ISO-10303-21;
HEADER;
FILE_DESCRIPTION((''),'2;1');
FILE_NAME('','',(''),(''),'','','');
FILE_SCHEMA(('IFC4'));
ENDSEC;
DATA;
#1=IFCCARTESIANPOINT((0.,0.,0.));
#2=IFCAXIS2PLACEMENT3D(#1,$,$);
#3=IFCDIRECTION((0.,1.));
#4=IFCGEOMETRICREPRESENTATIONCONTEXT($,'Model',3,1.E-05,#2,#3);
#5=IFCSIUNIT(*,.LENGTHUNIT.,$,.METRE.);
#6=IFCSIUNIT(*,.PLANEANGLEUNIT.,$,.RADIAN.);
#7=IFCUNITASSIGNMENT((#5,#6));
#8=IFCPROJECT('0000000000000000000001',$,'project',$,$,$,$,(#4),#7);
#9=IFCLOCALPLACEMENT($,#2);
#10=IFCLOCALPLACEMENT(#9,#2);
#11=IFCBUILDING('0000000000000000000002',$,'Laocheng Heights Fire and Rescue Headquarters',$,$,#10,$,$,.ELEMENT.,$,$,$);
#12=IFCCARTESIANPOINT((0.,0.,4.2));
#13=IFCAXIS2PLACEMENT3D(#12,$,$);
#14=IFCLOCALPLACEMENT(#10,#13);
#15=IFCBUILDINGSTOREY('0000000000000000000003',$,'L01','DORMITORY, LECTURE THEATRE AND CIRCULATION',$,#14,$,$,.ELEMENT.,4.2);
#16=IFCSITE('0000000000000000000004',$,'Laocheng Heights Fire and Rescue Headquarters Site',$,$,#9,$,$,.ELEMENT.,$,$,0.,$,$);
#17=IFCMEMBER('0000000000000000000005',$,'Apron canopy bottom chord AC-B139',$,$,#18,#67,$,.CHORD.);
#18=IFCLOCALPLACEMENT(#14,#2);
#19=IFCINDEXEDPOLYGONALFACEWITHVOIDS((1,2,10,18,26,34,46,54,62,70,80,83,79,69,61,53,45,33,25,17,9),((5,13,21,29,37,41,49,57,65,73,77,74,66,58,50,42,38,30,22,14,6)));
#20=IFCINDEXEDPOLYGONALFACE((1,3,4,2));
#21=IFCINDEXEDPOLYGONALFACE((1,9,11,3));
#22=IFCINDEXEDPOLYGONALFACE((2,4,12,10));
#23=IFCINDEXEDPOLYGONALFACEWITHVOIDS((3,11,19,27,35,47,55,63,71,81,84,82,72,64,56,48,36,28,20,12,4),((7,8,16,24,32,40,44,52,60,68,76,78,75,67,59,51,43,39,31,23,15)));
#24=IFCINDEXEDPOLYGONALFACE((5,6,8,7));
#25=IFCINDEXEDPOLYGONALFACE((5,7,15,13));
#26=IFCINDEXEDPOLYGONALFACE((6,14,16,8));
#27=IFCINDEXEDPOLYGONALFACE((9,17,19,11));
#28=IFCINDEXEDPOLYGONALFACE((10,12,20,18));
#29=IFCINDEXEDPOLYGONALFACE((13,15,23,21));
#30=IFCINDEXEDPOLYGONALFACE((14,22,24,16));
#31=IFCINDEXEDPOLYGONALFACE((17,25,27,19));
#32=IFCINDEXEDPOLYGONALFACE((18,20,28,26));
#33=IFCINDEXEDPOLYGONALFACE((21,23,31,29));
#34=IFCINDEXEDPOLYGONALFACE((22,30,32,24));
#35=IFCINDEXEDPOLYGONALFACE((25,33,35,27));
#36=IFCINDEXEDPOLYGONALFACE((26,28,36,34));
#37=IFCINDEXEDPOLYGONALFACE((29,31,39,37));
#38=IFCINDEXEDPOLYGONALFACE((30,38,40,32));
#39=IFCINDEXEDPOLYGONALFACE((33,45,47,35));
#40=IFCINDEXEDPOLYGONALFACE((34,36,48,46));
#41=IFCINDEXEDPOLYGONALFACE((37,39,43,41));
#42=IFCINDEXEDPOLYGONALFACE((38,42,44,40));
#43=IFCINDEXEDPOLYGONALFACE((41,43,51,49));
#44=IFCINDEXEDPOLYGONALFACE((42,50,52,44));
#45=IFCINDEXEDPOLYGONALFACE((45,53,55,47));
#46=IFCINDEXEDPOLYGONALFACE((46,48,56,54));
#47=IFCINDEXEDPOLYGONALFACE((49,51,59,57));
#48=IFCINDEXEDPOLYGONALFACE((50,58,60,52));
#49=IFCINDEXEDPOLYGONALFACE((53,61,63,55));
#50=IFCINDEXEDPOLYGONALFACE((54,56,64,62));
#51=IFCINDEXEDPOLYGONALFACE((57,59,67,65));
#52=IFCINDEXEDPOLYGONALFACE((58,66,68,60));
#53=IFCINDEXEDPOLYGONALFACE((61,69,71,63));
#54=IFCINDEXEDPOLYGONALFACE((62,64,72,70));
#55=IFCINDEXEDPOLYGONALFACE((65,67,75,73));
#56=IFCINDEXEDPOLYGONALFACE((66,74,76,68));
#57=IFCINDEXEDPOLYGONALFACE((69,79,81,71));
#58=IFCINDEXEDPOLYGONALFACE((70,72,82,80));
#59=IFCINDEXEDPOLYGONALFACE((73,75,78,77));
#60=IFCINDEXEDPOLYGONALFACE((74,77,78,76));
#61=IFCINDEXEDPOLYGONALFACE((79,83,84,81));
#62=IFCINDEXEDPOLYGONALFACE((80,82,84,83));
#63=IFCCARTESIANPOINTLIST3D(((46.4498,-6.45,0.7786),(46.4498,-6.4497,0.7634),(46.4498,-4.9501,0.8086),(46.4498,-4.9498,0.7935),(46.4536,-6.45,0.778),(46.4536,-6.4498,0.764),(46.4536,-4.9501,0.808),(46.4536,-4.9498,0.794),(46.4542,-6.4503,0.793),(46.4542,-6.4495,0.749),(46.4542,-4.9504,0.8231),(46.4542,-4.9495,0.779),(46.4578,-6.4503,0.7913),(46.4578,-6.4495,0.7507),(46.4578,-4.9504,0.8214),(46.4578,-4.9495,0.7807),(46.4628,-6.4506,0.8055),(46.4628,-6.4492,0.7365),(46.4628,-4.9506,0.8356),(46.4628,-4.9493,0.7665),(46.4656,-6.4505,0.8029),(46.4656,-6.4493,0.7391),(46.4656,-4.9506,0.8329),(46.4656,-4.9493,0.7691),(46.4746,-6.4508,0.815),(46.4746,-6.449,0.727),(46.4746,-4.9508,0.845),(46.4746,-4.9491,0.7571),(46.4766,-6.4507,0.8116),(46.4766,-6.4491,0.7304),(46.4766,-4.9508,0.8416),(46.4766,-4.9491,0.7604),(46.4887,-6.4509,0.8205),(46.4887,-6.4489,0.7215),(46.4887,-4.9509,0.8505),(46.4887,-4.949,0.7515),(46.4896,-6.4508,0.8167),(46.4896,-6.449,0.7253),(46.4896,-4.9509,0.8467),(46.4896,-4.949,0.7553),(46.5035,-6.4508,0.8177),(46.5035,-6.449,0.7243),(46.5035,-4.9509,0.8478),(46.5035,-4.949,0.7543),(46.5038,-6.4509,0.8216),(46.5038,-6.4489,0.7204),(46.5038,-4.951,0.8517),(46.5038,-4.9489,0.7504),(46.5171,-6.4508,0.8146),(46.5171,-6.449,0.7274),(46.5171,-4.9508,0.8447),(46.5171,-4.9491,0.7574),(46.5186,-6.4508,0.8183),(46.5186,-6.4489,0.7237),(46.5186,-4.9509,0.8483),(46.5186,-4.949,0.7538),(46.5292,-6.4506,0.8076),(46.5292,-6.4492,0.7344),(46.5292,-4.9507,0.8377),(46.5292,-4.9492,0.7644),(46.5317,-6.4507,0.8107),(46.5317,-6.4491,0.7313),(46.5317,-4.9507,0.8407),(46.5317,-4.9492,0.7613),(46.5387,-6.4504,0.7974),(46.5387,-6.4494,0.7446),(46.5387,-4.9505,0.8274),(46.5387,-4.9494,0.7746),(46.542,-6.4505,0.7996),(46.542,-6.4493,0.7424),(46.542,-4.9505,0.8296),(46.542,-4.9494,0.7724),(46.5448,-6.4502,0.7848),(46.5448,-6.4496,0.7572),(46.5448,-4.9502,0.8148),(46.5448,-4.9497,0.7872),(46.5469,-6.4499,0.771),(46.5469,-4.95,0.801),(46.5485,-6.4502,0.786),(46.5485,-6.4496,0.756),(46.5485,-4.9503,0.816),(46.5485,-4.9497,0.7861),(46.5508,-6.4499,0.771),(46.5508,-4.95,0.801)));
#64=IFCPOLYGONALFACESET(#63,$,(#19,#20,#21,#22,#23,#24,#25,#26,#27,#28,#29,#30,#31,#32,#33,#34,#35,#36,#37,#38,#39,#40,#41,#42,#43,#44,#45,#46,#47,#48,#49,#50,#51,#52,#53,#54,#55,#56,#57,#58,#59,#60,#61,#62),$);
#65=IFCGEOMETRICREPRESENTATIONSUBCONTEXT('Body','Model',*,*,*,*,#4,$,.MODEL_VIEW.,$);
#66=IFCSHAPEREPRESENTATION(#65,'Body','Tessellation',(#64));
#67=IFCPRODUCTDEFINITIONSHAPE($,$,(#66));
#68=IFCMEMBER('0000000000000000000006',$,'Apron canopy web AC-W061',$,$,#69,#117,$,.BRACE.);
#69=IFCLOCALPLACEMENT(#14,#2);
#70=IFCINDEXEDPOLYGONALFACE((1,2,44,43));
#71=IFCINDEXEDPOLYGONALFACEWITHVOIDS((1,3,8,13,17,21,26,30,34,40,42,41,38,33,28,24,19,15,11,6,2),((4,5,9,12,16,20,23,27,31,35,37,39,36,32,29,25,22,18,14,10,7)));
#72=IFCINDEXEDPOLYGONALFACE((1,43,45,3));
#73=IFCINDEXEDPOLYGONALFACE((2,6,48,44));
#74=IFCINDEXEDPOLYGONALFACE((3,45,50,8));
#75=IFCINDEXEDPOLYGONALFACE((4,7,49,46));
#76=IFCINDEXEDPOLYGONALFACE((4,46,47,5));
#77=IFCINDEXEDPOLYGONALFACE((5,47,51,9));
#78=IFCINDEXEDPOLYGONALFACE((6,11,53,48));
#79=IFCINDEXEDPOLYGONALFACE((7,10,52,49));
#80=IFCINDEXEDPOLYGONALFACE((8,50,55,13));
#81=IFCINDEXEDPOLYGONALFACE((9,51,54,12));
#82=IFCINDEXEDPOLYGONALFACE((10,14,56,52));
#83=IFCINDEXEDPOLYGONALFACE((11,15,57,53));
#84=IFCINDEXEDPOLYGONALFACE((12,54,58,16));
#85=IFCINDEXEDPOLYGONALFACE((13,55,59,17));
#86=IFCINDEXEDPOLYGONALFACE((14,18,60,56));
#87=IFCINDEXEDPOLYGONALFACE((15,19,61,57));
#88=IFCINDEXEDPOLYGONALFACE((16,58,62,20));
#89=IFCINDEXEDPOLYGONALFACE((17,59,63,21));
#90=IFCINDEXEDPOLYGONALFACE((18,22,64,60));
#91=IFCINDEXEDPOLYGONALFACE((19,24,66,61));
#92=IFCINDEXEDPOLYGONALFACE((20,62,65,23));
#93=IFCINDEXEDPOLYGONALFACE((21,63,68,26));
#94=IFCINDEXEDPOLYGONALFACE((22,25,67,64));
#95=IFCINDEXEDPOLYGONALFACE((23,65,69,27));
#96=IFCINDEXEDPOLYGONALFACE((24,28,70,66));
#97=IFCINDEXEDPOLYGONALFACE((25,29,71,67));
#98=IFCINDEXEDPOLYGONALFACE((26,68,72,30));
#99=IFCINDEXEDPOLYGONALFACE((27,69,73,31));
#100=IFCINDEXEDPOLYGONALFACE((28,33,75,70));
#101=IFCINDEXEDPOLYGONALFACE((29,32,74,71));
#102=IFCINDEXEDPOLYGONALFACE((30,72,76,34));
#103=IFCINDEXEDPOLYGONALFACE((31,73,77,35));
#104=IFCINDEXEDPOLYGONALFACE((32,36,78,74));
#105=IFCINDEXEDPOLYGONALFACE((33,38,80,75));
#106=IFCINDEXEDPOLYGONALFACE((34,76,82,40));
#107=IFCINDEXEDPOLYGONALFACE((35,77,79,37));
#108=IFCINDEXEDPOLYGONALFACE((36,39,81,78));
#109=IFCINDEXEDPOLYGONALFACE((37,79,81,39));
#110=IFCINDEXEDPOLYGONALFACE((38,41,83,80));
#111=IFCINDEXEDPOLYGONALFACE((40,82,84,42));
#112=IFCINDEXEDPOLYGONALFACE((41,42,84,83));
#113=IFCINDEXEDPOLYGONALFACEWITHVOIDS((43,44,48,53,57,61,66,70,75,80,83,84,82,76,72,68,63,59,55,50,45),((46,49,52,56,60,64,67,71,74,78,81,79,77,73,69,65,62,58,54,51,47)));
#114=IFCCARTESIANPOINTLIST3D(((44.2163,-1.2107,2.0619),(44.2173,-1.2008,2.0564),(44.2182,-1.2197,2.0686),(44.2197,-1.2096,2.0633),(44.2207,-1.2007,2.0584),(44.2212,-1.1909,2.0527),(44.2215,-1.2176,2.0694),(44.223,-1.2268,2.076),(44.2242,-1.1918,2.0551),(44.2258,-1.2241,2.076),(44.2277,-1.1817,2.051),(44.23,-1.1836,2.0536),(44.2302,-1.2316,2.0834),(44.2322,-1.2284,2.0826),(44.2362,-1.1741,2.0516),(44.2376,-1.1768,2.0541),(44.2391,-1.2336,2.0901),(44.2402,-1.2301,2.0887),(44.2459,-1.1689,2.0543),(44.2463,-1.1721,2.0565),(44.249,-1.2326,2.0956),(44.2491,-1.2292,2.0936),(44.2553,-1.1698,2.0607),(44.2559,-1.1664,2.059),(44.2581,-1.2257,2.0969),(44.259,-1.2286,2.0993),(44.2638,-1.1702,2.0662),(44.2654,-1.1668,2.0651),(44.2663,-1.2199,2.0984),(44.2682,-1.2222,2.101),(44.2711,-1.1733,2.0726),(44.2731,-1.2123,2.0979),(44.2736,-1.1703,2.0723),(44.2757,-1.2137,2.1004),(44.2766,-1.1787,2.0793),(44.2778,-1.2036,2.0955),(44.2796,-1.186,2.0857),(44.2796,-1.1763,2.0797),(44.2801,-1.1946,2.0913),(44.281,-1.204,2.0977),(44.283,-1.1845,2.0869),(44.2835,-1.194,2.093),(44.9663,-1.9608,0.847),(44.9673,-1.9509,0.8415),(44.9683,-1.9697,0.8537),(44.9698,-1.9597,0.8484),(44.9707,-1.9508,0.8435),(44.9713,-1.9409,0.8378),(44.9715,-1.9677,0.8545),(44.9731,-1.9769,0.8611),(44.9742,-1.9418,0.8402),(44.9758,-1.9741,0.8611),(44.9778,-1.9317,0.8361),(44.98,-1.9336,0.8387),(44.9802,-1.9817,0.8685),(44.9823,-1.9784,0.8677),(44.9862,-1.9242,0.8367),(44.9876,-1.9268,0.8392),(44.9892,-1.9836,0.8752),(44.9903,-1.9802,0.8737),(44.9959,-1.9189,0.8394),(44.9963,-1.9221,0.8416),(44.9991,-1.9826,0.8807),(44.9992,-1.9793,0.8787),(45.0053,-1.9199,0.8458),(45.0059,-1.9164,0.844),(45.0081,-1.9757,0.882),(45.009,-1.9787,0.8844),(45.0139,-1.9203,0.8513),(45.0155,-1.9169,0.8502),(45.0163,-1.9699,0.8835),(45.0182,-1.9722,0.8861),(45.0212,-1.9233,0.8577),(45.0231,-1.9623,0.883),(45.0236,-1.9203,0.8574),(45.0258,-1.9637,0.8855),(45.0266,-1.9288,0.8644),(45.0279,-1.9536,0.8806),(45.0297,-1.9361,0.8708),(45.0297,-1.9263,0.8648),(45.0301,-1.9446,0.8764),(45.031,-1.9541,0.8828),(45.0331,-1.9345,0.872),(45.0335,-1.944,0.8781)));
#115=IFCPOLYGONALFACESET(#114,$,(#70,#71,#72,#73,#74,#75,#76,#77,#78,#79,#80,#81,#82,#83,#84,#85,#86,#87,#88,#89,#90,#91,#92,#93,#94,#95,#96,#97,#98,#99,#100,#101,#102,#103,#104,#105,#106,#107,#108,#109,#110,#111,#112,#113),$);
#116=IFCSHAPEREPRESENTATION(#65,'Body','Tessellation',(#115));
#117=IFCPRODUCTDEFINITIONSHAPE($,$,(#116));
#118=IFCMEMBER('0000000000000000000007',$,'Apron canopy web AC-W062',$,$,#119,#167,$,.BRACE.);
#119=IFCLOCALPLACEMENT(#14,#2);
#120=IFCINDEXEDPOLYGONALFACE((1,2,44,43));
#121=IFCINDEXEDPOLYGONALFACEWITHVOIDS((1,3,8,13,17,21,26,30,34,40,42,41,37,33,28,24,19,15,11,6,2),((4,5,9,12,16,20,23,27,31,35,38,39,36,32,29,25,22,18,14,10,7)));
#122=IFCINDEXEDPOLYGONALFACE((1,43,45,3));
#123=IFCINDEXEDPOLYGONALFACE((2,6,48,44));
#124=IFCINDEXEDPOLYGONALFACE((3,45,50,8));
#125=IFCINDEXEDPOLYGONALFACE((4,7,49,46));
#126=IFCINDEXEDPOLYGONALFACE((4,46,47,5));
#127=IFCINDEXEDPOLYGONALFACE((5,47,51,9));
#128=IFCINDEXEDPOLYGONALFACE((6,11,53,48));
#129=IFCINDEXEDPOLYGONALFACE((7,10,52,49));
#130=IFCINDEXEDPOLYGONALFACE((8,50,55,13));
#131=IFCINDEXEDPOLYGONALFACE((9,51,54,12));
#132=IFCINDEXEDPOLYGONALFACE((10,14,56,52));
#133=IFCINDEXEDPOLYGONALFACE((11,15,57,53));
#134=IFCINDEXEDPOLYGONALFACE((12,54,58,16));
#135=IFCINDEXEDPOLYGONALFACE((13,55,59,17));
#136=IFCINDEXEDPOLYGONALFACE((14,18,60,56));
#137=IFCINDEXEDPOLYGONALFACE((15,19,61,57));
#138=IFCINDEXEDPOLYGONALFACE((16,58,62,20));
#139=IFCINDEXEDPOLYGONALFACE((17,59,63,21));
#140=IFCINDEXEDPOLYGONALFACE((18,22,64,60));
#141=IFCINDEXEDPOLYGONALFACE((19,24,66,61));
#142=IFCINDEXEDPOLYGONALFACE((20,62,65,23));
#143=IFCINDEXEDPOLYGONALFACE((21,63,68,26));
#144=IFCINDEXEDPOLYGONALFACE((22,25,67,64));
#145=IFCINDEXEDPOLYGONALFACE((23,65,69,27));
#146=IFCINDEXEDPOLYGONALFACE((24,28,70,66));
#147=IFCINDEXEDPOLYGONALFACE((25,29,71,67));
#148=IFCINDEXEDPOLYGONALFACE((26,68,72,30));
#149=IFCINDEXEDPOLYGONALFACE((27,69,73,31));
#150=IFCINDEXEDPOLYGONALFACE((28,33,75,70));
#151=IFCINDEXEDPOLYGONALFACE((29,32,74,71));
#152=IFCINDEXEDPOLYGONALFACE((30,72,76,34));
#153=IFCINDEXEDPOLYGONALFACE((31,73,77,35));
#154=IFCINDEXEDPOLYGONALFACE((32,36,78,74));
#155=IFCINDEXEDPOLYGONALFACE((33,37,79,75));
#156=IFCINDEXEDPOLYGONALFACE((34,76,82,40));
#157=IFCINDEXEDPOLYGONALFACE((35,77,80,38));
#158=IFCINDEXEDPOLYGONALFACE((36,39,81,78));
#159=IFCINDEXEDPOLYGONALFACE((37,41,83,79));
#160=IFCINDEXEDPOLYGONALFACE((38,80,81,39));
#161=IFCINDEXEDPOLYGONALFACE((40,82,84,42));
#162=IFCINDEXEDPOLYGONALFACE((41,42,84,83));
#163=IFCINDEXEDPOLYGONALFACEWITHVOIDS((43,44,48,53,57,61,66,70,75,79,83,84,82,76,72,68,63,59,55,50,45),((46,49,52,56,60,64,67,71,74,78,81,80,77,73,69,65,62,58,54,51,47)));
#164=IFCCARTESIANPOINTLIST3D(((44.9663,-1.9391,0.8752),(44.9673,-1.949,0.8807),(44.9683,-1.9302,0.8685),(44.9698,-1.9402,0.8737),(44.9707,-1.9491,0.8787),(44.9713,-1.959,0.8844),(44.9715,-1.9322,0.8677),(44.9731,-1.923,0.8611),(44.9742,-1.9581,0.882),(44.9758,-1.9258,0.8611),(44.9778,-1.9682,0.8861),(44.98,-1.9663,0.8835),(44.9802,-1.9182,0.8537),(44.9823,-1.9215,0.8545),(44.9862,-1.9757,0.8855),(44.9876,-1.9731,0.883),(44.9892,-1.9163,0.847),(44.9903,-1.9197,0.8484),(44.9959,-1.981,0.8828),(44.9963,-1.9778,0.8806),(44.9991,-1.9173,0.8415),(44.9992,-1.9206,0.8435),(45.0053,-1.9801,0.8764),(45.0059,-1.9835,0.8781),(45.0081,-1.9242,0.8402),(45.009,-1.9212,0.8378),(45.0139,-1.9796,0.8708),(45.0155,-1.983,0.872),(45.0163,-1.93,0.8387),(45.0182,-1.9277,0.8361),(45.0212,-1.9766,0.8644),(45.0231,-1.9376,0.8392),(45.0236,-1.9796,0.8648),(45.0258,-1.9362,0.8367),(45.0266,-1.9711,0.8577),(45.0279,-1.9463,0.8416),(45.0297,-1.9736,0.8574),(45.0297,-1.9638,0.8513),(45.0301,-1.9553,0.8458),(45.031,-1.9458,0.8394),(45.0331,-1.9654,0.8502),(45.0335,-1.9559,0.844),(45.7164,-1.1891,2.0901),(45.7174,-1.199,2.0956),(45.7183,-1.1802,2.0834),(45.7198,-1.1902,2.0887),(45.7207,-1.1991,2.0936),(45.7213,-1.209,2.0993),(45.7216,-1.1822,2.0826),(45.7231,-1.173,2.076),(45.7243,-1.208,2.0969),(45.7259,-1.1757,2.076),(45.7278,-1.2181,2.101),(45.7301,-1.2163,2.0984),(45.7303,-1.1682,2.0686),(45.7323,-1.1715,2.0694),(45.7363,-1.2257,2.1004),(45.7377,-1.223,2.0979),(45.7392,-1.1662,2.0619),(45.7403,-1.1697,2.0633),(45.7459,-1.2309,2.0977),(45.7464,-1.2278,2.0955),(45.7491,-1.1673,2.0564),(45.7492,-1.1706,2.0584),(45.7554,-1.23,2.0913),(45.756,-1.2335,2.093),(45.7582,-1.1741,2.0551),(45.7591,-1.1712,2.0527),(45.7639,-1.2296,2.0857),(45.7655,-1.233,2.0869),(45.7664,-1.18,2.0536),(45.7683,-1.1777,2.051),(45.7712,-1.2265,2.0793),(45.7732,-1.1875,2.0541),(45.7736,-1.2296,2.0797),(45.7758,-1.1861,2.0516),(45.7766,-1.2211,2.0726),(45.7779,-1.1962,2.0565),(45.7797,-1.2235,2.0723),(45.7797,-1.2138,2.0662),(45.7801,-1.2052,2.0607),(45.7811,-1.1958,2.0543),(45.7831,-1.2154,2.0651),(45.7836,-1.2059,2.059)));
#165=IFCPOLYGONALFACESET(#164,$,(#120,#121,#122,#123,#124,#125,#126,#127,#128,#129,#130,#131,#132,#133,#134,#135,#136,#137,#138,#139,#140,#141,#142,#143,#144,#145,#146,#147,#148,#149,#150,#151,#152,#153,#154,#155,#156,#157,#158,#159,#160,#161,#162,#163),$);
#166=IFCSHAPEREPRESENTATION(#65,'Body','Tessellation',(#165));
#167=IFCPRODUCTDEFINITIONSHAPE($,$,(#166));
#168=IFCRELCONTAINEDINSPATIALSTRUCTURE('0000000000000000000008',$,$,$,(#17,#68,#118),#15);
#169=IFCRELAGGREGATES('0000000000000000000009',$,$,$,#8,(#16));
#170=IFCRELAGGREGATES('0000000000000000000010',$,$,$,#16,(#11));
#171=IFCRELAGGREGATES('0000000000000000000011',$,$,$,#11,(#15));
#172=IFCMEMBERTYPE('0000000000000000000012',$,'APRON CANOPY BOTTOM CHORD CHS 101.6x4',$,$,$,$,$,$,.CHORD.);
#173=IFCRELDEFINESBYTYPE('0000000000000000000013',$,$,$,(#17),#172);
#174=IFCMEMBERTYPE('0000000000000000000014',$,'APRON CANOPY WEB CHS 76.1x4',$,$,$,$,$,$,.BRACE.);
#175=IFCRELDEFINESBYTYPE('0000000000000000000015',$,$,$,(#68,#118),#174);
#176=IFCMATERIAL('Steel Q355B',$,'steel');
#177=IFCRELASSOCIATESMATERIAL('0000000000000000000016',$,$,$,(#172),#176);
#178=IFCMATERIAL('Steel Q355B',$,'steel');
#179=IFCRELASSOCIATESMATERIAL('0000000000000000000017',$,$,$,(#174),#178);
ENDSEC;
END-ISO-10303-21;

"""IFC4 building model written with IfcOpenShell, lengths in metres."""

from ifc_helpers import new_model, si_unit, direction, frame, origin, origin_2d, place, context, subcontext, project, spatial, hollow_circle, extrude, material, material_profile, profile_set, type_object, element, save


model = new_model("IFC4")

# Units and contexts
model_context = context("Model", 3, precision=1e-05, world=origin(), true_north=direction((0.0, 1.0)))
body_context = subcontext(model_context, "Body", "Model", "MODEL_VIEW")
ifc_project = project(units=[si_unit("LENGTHUNIT", "METRE"), si_unit("PLANEANGLEUNIT", "RADIAN")], contexts=[model_context])

# Site, building, storey
site_placement = place(None, origin())
site = spatial("IfcSite", under=ifc_project, at=site_placement, Name="Laocheng Heights Fire and Rescue Headquarters Site", CompositionType="ELEMENT", RefElevation=0.0)
building_placement = place(site_placement, origin())
building = spatial("IfcBuilding", under=site, at=building_placement, Name="Laocheng Heights Fire and Rescue Headquarters", CompositionType="ELEMENT")
storey_placement = place(building_placement, frame((0.0, 0.0, 4.2)))
storey = spatial("IfcBuildingStorey", under=building, at=storey_placement, Name="L01", Description="DORMITORY, LECTURE THEATRE AND CIRCULATION", CompositionType="ELEMENT", Elevation=4.2)

# Members
ifc_material_1 = material(Name="Steel Q355B", Category="steel")
ifc_material_profile_1 = material_profile(ifc_material_1, hollow_circle(Radius=0.0508, WallThickness=0.0039, at=origin_2d()), Name="CHS 101.6x4")
ifc_profile_set_1 = profile_set([ifc_material_profile_1], Name="Steel Q355B")
member_type_1 = type_object("IfcMemberType", Name="APRON CANOPY BOTTOM CHORD CHS 101.6x4", PredefinedType="CHORD", material=ifc_profile_set_1)
for number, where, z_axis, x_axis, name in (
    (1, (46.5, -4.95, 0.801), (0.0, -0.9998, -0.020016), (1.0, 0.0, 0.0), "Apron canopy bottom chord AC-B139"),
):
    element("IfcMember", number, at=place(storey_placement, frame(where, z_axis=z_axis, x_axis=x_axis)), inside=storey, type_object=member_type_1, Name=name, PredefinedType="CHORD", context=body_context, shape_type="SweptSolid", body=[
        extrude(hollow_circle(Radius=0.0508, WallThickness=0.0039, at=origin_2d()), origin(), (0.0, 0.0, 1.0), 1.5002),
    ])
ifc_material_2 = material(Name="Steel Q355B", Category="steel")
ifc_material_profile_2 = material_profile(ifc_material_2, hollow_circle(Radius=0.0381, WallThickness=0.0039, at=origin_2d()), Name="CHS 76.1x4")
ifc_profile_set_2 = profile_set([ifc_material_profile_2], Name="Steel Q355B")
member_type_2 = type_object("IfcMemberType", Name="APRON CANOPY WEB CHS 76.1x4", PredefinedType="BRACE", material=ifc_profile_set_2)
for number, where, z_axis, x_axis, name in (
    (2, (45.0, -1.95, 0.8611), (-0.465055, 0.465055, 0.753292), (-0.707107, -0.707107, 0.0), "Apron canopy web AC-W061"),
    (3, (45.0, -1.95, 0.8611), (0.465055, 0.465055, 0.753292), (-0.707107, 0.707107, 0.0), "Apron canopy web AC-W062"),
):
    element("IfcMember", number, at=place(storey_placement, frame(where, z_axis=z_axis, x_axis=x_axis)), inside=storey, type_object=member_type_2, Name=name, PredefinedType="BRACE", context=body_context, shape_type="SweptSolid", body=[
        extrude(hollow_circle(Radius=0.0381, WallThickness=0.0039, at=origin_2d()), origin(), (0.0, 0.0, 1.0), 1.6128),
    ])

save(model, "model.ifc")
